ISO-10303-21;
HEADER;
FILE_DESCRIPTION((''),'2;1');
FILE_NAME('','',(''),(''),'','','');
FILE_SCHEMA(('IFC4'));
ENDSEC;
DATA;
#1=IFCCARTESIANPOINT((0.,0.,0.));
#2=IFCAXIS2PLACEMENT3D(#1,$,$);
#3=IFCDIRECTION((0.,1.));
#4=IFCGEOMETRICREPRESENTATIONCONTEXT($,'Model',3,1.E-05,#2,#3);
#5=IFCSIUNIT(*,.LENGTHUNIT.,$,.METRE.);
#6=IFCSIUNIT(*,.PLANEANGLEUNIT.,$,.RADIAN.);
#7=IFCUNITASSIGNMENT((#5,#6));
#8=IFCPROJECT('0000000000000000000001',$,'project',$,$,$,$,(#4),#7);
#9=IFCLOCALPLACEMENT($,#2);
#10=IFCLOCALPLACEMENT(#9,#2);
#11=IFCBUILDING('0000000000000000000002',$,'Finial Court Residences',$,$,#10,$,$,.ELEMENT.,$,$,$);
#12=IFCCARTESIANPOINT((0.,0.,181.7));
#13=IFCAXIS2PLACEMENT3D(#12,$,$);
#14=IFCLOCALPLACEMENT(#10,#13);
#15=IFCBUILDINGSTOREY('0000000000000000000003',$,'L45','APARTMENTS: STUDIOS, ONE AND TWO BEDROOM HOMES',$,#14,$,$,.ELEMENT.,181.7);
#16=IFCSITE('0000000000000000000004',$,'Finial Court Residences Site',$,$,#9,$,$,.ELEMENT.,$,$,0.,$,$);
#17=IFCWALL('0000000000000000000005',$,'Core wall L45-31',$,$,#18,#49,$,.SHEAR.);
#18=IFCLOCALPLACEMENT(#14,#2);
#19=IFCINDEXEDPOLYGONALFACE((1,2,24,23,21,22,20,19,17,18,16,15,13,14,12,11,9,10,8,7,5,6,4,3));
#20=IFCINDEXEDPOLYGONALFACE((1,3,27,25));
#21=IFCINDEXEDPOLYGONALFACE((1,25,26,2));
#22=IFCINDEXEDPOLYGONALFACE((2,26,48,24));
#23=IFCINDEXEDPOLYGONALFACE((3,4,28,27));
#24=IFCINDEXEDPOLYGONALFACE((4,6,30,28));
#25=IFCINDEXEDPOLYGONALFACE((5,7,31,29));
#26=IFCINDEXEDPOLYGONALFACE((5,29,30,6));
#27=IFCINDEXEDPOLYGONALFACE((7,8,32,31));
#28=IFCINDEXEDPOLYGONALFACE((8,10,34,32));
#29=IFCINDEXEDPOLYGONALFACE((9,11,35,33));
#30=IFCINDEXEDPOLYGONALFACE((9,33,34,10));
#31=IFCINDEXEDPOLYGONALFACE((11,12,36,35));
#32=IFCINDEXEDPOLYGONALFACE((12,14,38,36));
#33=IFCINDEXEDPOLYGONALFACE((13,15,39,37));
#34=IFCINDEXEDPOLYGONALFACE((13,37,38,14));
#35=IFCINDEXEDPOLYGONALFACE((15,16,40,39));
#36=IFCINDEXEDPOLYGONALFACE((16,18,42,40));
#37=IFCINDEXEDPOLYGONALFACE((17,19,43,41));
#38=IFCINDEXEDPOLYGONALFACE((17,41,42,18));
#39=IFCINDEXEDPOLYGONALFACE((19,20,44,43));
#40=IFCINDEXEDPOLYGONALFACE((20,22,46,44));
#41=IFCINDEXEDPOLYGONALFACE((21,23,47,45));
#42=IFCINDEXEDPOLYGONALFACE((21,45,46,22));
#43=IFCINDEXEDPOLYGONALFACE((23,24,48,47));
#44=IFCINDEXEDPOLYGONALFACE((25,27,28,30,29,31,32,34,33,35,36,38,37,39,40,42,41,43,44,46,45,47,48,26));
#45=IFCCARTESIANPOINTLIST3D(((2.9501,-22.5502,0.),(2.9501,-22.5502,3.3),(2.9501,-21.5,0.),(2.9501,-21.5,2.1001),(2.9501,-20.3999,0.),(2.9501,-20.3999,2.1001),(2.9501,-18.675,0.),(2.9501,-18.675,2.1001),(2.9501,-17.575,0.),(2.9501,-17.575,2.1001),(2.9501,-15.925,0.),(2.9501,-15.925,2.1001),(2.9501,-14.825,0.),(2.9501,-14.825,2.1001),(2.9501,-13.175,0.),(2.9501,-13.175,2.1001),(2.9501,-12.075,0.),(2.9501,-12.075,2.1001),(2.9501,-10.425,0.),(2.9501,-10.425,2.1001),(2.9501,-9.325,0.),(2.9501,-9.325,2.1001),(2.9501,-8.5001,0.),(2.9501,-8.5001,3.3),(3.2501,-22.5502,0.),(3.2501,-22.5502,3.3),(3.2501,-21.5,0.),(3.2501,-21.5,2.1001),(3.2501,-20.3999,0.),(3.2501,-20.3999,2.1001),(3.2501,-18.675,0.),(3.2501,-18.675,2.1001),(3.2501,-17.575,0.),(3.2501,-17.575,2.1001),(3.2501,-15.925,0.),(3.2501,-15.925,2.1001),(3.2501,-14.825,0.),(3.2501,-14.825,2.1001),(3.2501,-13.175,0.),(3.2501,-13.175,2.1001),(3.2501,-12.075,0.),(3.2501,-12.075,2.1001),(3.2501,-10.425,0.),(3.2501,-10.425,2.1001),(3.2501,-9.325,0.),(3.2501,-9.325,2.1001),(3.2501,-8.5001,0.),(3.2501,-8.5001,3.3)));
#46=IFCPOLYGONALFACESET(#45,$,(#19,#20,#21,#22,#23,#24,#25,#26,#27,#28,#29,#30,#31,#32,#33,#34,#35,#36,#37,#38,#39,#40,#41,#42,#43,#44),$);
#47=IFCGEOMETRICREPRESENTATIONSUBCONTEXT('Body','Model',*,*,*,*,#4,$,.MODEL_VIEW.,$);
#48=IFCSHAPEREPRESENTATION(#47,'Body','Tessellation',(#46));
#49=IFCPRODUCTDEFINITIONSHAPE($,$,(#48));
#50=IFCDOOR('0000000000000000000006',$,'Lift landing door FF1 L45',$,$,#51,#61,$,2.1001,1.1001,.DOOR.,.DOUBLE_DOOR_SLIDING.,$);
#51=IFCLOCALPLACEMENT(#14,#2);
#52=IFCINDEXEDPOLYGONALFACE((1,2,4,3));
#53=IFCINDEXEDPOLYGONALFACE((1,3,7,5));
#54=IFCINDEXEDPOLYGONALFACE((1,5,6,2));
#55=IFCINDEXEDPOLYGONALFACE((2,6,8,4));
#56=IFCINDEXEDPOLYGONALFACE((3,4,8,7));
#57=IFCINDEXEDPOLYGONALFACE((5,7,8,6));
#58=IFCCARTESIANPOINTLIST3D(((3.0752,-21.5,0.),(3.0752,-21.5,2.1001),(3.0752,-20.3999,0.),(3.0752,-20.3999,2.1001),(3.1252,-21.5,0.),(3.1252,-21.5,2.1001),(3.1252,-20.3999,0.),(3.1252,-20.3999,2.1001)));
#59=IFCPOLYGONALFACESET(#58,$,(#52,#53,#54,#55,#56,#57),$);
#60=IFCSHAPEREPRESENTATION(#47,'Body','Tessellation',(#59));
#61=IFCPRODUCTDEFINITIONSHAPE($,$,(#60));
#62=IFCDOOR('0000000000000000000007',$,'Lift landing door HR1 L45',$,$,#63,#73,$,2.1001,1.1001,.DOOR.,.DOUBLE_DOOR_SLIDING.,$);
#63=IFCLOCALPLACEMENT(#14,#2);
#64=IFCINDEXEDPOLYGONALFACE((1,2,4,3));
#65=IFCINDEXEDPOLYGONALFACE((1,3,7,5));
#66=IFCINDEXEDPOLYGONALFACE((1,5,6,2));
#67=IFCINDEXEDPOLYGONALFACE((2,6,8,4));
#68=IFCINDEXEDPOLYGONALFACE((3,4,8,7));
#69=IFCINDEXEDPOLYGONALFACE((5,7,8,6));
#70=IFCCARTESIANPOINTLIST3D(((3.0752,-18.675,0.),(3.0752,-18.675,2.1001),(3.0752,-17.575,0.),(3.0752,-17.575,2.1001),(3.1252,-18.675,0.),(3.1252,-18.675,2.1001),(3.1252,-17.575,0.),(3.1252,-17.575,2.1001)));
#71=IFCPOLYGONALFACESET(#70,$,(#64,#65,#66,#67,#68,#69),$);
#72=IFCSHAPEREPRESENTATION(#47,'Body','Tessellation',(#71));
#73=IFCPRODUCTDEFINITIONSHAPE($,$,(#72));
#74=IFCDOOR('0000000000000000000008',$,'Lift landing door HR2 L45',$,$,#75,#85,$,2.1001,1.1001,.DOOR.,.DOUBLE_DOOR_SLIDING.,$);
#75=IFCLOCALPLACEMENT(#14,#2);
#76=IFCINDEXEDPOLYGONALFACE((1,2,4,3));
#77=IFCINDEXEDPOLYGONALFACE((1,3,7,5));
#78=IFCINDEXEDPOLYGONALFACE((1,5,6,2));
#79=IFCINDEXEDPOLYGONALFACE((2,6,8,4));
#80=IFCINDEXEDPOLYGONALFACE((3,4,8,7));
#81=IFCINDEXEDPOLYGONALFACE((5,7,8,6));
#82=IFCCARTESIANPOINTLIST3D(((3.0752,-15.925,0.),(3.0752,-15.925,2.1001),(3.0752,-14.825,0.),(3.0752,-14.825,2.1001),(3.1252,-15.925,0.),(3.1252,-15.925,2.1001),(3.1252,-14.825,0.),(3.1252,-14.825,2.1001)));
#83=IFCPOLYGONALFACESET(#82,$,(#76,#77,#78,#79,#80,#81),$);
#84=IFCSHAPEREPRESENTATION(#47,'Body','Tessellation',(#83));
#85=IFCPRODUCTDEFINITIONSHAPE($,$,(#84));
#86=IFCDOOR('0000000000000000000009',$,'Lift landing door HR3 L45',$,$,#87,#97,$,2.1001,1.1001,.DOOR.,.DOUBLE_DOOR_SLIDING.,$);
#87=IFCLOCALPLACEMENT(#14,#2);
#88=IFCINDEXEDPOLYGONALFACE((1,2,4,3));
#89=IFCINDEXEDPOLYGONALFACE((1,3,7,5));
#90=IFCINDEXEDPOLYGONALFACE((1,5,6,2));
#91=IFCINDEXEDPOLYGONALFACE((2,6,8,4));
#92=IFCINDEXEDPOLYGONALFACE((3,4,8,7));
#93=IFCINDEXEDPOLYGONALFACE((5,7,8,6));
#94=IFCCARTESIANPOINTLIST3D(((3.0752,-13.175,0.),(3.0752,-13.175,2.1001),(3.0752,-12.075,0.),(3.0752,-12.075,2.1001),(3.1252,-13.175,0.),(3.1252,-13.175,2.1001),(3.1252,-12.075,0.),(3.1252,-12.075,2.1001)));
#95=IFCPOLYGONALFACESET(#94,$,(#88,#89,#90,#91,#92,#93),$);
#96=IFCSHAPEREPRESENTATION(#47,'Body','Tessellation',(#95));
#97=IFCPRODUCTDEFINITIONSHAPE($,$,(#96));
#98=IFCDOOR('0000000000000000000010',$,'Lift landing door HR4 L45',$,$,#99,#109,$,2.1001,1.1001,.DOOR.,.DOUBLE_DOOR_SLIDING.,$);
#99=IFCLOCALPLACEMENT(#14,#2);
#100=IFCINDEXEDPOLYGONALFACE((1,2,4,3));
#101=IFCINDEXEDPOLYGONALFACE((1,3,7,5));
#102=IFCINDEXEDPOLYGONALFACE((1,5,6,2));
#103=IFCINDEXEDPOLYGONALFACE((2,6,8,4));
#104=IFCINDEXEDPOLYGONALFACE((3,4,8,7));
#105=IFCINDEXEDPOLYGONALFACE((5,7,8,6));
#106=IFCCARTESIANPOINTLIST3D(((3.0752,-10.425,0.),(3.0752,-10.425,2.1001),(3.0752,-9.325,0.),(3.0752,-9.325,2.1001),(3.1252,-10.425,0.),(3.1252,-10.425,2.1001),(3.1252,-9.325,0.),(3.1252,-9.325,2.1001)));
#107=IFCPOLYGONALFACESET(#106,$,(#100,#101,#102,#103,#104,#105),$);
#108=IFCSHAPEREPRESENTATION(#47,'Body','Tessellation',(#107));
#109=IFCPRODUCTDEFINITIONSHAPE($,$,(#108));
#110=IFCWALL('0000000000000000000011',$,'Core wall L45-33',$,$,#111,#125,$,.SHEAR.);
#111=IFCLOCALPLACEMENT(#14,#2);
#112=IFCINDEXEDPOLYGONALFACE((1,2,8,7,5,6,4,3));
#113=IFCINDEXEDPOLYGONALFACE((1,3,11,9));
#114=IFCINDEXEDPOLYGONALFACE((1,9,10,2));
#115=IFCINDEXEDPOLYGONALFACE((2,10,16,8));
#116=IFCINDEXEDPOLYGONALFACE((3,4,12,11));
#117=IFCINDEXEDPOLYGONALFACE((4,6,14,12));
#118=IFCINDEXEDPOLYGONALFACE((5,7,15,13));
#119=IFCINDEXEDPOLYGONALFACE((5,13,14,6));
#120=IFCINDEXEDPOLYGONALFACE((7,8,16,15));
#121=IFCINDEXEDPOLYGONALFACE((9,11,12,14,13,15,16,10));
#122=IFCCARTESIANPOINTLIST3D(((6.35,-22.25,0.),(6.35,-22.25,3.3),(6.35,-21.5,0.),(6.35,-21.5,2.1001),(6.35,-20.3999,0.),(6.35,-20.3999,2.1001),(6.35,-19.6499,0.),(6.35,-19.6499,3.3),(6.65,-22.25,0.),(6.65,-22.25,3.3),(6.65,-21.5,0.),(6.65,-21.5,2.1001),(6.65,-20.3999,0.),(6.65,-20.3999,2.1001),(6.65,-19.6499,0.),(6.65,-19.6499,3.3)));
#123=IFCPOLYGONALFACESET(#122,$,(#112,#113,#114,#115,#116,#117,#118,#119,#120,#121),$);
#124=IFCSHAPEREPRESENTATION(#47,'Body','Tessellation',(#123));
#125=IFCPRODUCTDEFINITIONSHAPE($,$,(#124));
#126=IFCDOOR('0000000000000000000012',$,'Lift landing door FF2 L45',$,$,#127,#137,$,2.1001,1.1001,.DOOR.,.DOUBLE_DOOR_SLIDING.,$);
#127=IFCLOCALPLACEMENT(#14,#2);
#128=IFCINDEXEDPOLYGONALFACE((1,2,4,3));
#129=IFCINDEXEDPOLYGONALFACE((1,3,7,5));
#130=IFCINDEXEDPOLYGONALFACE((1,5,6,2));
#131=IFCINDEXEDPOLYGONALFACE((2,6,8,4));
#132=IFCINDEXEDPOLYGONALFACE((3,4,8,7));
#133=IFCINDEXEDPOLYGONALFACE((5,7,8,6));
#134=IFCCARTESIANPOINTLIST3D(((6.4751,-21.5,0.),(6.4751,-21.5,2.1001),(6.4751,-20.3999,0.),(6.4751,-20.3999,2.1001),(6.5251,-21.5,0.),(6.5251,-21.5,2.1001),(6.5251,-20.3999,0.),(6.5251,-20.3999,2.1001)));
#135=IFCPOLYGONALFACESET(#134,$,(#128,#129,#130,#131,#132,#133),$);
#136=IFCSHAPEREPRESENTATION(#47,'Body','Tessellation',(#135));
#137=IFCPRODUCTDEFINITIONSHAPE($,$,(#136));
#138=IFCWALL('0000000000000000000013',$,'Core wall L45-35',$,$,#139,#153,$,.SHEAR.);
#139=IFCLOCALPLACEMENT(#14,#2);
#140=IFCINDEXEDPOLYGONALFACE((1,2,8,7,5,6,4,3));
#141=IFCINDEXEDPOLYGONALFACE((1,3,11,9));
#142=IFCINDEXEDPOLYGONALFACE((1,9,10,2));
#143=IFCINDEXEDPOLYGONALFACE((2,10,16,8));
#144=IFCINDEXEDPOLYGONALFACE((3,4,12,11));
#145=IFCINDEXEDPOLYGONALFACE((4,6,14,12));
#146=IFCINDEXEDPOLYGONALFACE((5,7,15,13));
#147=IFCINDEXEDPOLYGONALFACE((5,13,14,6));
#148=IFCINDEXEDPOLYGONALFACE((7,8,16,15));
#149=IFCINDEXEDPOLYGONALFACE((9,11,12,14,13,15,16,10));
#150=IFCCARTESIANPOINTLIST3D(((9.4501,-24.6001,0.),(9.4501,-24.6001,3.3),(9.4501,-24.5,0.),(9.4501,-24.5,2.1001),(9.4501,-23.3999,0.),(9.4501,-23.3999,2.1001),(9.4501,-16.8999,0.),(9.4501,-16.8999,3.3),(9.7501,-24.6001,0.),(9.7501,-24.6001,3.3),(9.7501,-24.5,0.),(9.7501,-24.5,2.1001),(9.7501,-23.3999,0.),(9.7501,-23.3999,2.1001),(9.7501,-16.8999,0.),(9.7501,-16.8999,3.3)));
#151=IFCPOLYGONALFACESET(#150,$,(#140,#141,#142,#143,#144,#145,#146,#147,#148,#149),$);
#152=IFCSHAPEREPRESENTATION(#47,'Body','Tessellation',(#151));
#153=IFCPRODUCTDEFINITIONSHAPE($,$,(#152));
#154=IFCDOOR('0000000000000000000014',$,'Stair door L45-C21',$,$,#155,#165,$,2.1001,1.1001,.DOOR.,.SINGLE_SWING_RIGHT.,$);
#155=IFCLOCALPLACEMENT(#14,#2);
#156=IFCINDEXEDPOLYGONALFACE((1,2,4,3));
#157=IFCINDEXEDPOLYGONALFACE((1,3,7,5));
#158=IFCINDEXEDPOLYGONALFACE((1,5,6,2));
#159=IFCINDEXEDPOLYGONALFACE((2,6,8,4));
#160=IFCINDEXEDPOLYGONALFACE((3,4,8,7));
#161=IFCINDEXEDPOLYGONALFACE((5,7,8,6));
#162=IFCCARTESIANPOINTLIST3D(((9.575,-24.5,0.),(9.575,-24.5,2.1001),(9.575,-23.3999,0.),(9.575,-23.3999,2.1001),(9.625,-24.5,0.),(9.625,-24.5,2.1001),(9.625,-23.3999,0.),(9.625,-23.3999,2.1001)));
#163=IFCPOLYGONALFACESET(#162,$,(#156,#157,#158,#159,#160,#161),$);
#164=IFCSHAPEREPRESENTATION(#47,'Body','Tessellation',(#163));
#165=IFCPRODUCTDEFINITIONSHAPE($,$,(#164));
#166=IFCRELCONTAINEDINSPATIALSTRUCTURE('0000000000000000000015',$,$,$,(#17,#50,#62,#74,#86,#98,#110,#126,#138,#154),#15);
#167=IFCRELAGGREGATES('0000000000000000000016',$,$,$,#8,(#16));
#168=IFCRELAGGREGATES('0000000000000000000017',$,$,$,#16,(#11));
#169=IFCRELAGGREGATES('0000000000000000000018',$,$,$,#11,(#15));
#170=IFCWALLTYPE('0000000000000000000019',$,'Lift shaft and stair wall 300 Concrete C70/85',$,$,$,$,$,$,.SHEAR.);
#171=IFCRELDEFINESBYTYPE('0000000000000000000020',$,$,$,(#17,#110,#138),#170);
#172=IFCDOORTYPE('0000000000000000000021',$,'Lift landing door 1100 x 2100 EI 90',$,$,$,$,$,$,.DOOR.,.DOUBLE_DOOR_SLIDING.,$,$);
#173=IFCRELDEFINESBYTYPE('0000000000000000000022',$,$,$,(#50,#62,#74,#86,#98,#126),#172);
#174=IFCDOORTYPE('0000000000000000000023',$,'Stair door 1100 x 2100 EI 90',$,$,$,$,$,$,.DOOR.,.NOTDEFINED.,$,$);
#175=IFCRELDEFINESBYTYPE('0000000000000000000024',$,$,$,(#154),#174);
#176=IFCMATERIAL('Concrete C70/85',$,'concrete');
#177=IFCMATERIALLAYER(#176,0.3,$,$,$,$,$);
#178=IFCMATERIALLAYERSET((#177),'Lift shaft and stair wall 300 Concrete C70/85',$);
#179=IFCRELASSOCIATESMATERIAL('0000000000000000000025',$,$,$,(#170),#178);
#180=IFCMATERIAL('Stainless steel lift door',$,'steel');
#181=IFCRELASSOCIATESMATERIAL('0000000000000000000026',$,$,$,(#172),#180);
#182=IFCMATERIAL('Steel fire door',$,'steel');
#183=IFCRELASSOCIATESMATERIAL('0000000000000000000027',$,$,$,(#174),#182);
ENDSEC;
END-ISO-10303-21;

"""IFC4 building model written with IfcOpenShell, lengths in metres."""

from ifc_helpers import new_model, si_unit, direction, frame, frame_2d, origin, place, context, subcontext, project, spatial, rectangle, extrude, material, layer, layer_set, type_object, element, fill, save


model = new_model("IFC4")

# Units and contexts
model_context = context("Model", 3, precision=1e-05, world=origin(), true_north=direction((0.0, 1.0)))
body_context = subcontext(model_context, "Body", "Model", "MODEL_VIEW")
ifc_project = project(units=[si_unit("LENGTHUNIT", "METRE"), si_unit("PLANEANGLEUNIT", "RADIAN")], contexts=[model_context])

# Site, building, storey
site_placement = place(None, origin())
site = spatial("IfcSite", under=ifc_project, at=site_placement, Name="Finial Court Residences Site", CompositionType="ELEMENT", RefElevation=0.0)
building_placement = place(site_placement, origin())
building = spatial("IfcBuilding", under=site, at=building_placement, Name="Finial Court Residences", CompositionType="ELEMENT")
storey_placement = place(building_placement, frame((0.0, 0.0, 181.7)))
storey = spatial("IfcBuildingStorey", under=building, at=storey_placement, Name="L45", Description="APARTMENTS: STUDIOS, ONE AND TWO BEDROOM HOMES", CompositionType="ELEMENT", Elevation=181.7)

# Shared definitions
ifc_material_1 = material(Name="Steel fire door", Category="steel")

# Shared definitions
ifc_material_2 = material(Name="Concrete C70/85", Category="concrete")
ifc_layer_1 = layer(ifc_material_2, 0.3)
ifc_layer_set_1 = layer_set([ifc_layer_1], Name="Lift shaft and stair wall 300 Concrete C70/85")
wall_type_1 = type_object("IfcWallType", Name="Lift shaft and stair wall 300 Concrete C70/85", PredefinedType="SHEAR", material=ifc_layer_set_1)

# Wall, openings, doors
wall_1_placement = place(storey_placement, frame((3.1001, -22.55, 0.0), z_axis=(0.0, 0.0, 1.0), x_axis=(0.0, 1.0, 0.0)))
wall_1 = element("IfcWall", 1, at=wall_1_placement, inside=storey, type_object=wall_type_1, Name="Core wall L45-31", PredefinedType="SHEAR", context=body_context, shape_type="SweptSolid", body=[
    extrude(rectangle(XDim=14.05, YDim=0.3, at=frame_2d((7.0249, 0.0))), origin(), (0.0, 0.0, 1.0), 3.3),
])
opening_1_placement = place(wall_1_placement, frame((1.05, 0.0, 0.0)))
opening_1 = element("IfcOpeningElement", 2, at=opening_1_placement, cuts=wall_1, PredefinedType="OPENING", context=body_context, shape_type="SweptSolid", body=[
    extrude(rectangle(XDim=1.1001, YDim=2.1001, at=frame_2d((0.55, 1.05))), frame((0.0, 0.1599, 0.0), z_axis=(0.0, -1.0, 0.0), x_axis=(1.0, 0.0, 0.0)), (0.0, 0.0, 1.0), 0.3201),
])
opening_2_placement = place(wall_1_placement, frame((3.875, 0.0, 0.0)))
opening_2 = element("IfcOpeningElement", 3, at=opening_2_placement, cuts=wall_1, PredefinedType="OPENING", context=body_context, shape_type="SweptSolid", body=[
    extrude(rectangle(XDim=1.1001, YDim=2.1001, at=frame_2d((0.55, 1.05))), frame((0.0, 0.1599, 0.0), z_axis=(0.0, -1.0, 0.0), x_axis=(1.0, 0.0, 0.0)), (0.0, 0.0, 1.0), 0.3201),
])
opening_3_placement = place(wall_1_placement, frame((6.625, 0.0, 0.0)))
opening_3 = element("IfcOpeningElement", 4, at=opening_3_placement, cuts=wall_1, PredefinedType="OPENING", context=body_context, shape_type="SweptSolid", body=[
    extrude(rectangle(XDim=1.1001, YDim=2.1001, at=frame_2d((0.55, 1.05))), frame((0.0, 0.1599, 0.0), z_axis=(0.0, -1.0, 0.0), x_axis=(1.0, 0.0, 0.0)), (0.0, 0.0, 1.0), 0.3201),
])
opening_4_placement = place(wall_1_placement, frame((9.375, 0.0, 0.0)))
opening_4 = element("IfcOpeningElement", 5, at=opening_4_placement, cuts=wall_1, PredefinedType="OPENING", context=body_context, shape_type="SweptSolid", body=[
    extrude(rectangle(XDim=1.1001, YDim=2.1001, at=frame_2d((0.55, 1.05))), frame((0.0, 0.1599, 0.0), z_axis=(0.0, -1.0, 0.0), x_axis=(1.0, 0.0, 0.0)), (0.0, 0.0, 1.0), 0.3201),
])
opening_5_placement = place(wall_1_placement, frame((12.125, 0.0, 0.0)))
opening_5 = element("IfcOpeningElement", 6, at=opening_5_placement, cuts=wall_1, PredefinedType="OPENING", context=body_context, shape_type="SweptSolid", body=[
    extrude(rectangle(XDim=1.1001, YDim=2.1001, at=frame_2d((0.55, 1.05))), frame((0.0, 0.1599, 0.0), z_axis=(0.0, -1.0, 0.0), x_axis=(1.0, 0.0, 0.0)), (0.0, 0.0, 1.0), 0.3201),
])
ifc_material_3 = material(Name="Stainless steel lift door", Category="steel")
door_type_1 = type_object("IfcDoorType", Name="Lift landing door 1100 x 2100 EI 90", OperationType="DOUBLE_DOOR_SLIDING", PredefinedType="DOOR", material=ifc_material_3)
door_1_placement = place(opening_1_placement, origin())
door_1 = element("IfcDoor", 7, at=door_1_placement, inside=storey, type_object=door_type_1, Name="Lift landing door FF1 L45", OperationType="DOUBLE_DOOR_SLIDING", OverallHeight=2.1001, OverallWidth=1.1001, PredefinedType="DOOR", context=body_context, shape_type="SweptSolid", body=[
    extrude(rectangle(XDim=1.1001, YDim=2.1001, at=frame_2d((0.55, 1.05))), frame((0.0, 0.0249, 0.0), z_axis=(0.0, -1.0, 0.0), x_axis=(1.0, 0.0, 0.0)), (0.0, 0.0, 1.0), 0.05),
])
fill(opening_1, door_1)
door_2_placement = place(opening_2_placement, origin())
door_2 = element("IfcDoor", 8, at=door_2_placement, inside=storey, type_object=door_type_1, Name="Lift landing door HR1 L45", OperationType="DOUBLE_DOOR_SLIDING", OverallHeight=2.1001, OverallWidth=1.1001, PredefinedType="DOOR", context=body_context, shape_type="SweptSolid", body=[
    extrude(rectangle(XDim=1.1001, YDim=2.1001, at=frame_2d((0.55, 1.05))), frame((0.0, 0.0249, 0.0), z_axis=(0.0, -1.0, 0.0), x_axis=(1.0, 0.0, 0.0)), (0.0, 0.0, 1.0), 0.05),
])
fill(opening_2, door_2)
door_3_placement = place(opening_3_placement, origin())
door_3 = element("IfcDoor", 9, at=door_3_placement, inside=storey, type_object=door_type_1, Name="Lift landing door HR2 L45", OperationType="DOUBLE_DOOR_SLIDING", OverallHeight=2.1001, OverallWidth=1.1001, PredefinedType="DOOR", context=body_context, shape_type="SweptSolid", body=[
    extrude(rectangle(XDim=1.1001, YDim=2.1001, at=frame_2d((0.55, 1.05))), frame((0.0, 0.0249, 0.0), z_axis=(0.0, -1.0, 0.0), x_axis=(1.0, 0.0, 0.0)), (0.0, 0.0, 1.0), 0.05),
])
fill(opening_3, door_3)
door_4_placement = place(opening_4_placement, origin())
door_4 = element("IfcDoor", 10, at=door_4_placement, inside=storey, type_object=door_type_1, Name="Lift landing door HR3 L45", OperationType="DOUBLE_DOOR_SLIDING", OverallHeight=2.1001, OverallWidth=1.1001, PredefinedType="DOOR", context=body_context, shape_type="SweptSolid", body=[
    extrude(rectangle(XDim=1.1001, YDim=2.1001, at=frame_2d((0.55, 1.05))), frame((0.0, 0.0249, 0.0), z_axis=(0.0, -1.0, 0.0), x_axis=(1.0, 0.0, 0.0)), (0.0, 0.0, 1.0), 0.05),
])
fill(opening_4, door_4)
door_5_placement = place(opening_5_placement, origin())
door_5 = element("IfcDoor", 11, at=door_5_placement, inside=storey, type_object=door_type_1, Name="Lift landing door HR4 L45", OperationType="DOUBLE_DOOR_SLIDING", OverallHeight=2.1001, OverallWidth=1.1001, PredefinedType="DOOR", context=body_context, shape_type="SweptSolid", body=[
    extrude(rectangle(XDim=1.1001, YDim=2.1001, at=frame_2d((0.55, 1.05))), frame((0.0, 0.0249, 0.0), z_axis=(0.0, -1.0, 0.0), x_axis=(1.0, 0.0, 0.0)), (0.0, 0.0, 1.0), 0.05),
])
fill(opening_5, door_5)

# Walls, openings, doors
wall_2_placement = place(storey_placement, frame((6.5, -22.25, 0.0), z_axis=(0.0, 0.0, 1.0), x_axis=(0.0, 1.0, 0.0)))
wall_2 = element("IfcWall", 12, at=wall_2_placement, inside=storey, type_object=wall_type_1, Name="Core wall L45-33", PredefinedType="SHEAR", context=body_context, shape_type="SweptSolid", body=[
    extrude(rectangle(XDim=2.6001, YDim=0.3, at=frame_2d((1.3, 0.0))), origin(), (0.0, 0.0, 1.0), 3.3),
])
opening_6_placement = place(wall_2_placement, frame((0.75, 0.0, 0.0)))
opening_6 = element("IfcOpeningElement", 13, at=opening_6_placement, cuts=wall_2, PredefinedType="OPENING", context=body_context, shape_type="SweptSolid", body=[
    extrude(rectangle(XDim=1.1001, YDim=2.1001, at=frame_2d((0.55, 1.05))), frame((0.0, 0.1599, 0.0), z_axis=(0.0, -1.0, 0.0), x_axis=(1.0, 0.0, 0.0)), (0.0, 0.0, 1.0), 0.3201),
])
door_6_placement = place(opening_6_placement, origin())
door_6 = element("IfcDoor", 14, at=door_6_placement, inside=storey, type_object=door_type_1, Name="Lift landing door FF2 L45", OperationType="DOUBLE_DOOR_SLIDING", OverallHeight=2.1001, OverallWidth=1.1001, PredefinedType="DOOR", context=body_context, shape_type="SweptSolid", body=[
    extrude(rectangle(XDim=1.1001, YDim=2.1001, at=frame_2d((0.55, 1.05))), frame((0.0, 0.0249, 0.0), z_axis=(0.0, -1.0, 0.0), x_axis=(1.0, 0.0, 0.0)), (0.0, 0.0, 1.0), 0.05),
])
fill(opening_6, door_6)
wall_3_placement = place(storey_placement, frame((9.6001, -16.8999, 0.0), z_axis=(0.0, 0.0, 1.0), x_axis=(0.0, -1.0, 0.0)))
wall_3 = element("IfcWall", 15, at=wall_3_placement, inside=storey, type_object=wall_type_1, Name="Core wall L45-35", PredefinedType="SHEAR", context=body_context, shape_type="SweptSolid", body=[
    extrude(rectangle(XDim=7.7002, YDim=0.3, at=frame_2d((3.8501, 0.0))), origin(), (0.0, 0.0, 1.0), 3.3),
])
opening_7_placement = place(wall_3_placement, frame((6.5, 0.0, 0.0)))
opening_7 = element("IfcOpeningElement", 16, at=opening_7_placement, cuts=wall_3, PredefinedType="OPENING", context=body_context, shape_type="SweptSolid", body=[
    extrude(rectangle(XDim=1.1001, YDim=2.1001, at=frame_2d((0.55, 1.05))), frame((0.0, 0.1599, 0.0), z_axis=(0.0, -1.0, 0.0), x_axis=(1.0, 0.0, 0.0)), (0.0, 0.0, 1.0), 0.3201),
])
door_type_2 = type_object("IfcDoorType", Name="Stair door 1100 x 2100 EI 90", OperationType="NOTDEFINED", PredefinedType="DOOR", material=ifc_material_1)
door_7_placement = place(opening_7_placement, origin())
door_7 = element("IfcDoor", 17, at=door_7_placement, inside=storey, type_object=door_type_2, Name="Stair door L45-C21", OperationType="SINGLE_SWING_RIGHT", OverallHeight=2.1001, OverallWidth=1.1001, PredefinedType="DOOR", context=body_context, shape_type="SweptSolid", body=[
    extrude(rectangle(XDim=1.1001, YDim=2.1001, at=frame_2d((0.55, 1.05))), frame((0.0, 0.0249, 0.0), z_axis=(0.0, -1.0, 0.0), x_axis=(1.0, 0.0, 0.0)), (0.0, 0.0, 1.0), 0.05),
])
fill(opening_7, door_7)

save(model, "model.ifc")
